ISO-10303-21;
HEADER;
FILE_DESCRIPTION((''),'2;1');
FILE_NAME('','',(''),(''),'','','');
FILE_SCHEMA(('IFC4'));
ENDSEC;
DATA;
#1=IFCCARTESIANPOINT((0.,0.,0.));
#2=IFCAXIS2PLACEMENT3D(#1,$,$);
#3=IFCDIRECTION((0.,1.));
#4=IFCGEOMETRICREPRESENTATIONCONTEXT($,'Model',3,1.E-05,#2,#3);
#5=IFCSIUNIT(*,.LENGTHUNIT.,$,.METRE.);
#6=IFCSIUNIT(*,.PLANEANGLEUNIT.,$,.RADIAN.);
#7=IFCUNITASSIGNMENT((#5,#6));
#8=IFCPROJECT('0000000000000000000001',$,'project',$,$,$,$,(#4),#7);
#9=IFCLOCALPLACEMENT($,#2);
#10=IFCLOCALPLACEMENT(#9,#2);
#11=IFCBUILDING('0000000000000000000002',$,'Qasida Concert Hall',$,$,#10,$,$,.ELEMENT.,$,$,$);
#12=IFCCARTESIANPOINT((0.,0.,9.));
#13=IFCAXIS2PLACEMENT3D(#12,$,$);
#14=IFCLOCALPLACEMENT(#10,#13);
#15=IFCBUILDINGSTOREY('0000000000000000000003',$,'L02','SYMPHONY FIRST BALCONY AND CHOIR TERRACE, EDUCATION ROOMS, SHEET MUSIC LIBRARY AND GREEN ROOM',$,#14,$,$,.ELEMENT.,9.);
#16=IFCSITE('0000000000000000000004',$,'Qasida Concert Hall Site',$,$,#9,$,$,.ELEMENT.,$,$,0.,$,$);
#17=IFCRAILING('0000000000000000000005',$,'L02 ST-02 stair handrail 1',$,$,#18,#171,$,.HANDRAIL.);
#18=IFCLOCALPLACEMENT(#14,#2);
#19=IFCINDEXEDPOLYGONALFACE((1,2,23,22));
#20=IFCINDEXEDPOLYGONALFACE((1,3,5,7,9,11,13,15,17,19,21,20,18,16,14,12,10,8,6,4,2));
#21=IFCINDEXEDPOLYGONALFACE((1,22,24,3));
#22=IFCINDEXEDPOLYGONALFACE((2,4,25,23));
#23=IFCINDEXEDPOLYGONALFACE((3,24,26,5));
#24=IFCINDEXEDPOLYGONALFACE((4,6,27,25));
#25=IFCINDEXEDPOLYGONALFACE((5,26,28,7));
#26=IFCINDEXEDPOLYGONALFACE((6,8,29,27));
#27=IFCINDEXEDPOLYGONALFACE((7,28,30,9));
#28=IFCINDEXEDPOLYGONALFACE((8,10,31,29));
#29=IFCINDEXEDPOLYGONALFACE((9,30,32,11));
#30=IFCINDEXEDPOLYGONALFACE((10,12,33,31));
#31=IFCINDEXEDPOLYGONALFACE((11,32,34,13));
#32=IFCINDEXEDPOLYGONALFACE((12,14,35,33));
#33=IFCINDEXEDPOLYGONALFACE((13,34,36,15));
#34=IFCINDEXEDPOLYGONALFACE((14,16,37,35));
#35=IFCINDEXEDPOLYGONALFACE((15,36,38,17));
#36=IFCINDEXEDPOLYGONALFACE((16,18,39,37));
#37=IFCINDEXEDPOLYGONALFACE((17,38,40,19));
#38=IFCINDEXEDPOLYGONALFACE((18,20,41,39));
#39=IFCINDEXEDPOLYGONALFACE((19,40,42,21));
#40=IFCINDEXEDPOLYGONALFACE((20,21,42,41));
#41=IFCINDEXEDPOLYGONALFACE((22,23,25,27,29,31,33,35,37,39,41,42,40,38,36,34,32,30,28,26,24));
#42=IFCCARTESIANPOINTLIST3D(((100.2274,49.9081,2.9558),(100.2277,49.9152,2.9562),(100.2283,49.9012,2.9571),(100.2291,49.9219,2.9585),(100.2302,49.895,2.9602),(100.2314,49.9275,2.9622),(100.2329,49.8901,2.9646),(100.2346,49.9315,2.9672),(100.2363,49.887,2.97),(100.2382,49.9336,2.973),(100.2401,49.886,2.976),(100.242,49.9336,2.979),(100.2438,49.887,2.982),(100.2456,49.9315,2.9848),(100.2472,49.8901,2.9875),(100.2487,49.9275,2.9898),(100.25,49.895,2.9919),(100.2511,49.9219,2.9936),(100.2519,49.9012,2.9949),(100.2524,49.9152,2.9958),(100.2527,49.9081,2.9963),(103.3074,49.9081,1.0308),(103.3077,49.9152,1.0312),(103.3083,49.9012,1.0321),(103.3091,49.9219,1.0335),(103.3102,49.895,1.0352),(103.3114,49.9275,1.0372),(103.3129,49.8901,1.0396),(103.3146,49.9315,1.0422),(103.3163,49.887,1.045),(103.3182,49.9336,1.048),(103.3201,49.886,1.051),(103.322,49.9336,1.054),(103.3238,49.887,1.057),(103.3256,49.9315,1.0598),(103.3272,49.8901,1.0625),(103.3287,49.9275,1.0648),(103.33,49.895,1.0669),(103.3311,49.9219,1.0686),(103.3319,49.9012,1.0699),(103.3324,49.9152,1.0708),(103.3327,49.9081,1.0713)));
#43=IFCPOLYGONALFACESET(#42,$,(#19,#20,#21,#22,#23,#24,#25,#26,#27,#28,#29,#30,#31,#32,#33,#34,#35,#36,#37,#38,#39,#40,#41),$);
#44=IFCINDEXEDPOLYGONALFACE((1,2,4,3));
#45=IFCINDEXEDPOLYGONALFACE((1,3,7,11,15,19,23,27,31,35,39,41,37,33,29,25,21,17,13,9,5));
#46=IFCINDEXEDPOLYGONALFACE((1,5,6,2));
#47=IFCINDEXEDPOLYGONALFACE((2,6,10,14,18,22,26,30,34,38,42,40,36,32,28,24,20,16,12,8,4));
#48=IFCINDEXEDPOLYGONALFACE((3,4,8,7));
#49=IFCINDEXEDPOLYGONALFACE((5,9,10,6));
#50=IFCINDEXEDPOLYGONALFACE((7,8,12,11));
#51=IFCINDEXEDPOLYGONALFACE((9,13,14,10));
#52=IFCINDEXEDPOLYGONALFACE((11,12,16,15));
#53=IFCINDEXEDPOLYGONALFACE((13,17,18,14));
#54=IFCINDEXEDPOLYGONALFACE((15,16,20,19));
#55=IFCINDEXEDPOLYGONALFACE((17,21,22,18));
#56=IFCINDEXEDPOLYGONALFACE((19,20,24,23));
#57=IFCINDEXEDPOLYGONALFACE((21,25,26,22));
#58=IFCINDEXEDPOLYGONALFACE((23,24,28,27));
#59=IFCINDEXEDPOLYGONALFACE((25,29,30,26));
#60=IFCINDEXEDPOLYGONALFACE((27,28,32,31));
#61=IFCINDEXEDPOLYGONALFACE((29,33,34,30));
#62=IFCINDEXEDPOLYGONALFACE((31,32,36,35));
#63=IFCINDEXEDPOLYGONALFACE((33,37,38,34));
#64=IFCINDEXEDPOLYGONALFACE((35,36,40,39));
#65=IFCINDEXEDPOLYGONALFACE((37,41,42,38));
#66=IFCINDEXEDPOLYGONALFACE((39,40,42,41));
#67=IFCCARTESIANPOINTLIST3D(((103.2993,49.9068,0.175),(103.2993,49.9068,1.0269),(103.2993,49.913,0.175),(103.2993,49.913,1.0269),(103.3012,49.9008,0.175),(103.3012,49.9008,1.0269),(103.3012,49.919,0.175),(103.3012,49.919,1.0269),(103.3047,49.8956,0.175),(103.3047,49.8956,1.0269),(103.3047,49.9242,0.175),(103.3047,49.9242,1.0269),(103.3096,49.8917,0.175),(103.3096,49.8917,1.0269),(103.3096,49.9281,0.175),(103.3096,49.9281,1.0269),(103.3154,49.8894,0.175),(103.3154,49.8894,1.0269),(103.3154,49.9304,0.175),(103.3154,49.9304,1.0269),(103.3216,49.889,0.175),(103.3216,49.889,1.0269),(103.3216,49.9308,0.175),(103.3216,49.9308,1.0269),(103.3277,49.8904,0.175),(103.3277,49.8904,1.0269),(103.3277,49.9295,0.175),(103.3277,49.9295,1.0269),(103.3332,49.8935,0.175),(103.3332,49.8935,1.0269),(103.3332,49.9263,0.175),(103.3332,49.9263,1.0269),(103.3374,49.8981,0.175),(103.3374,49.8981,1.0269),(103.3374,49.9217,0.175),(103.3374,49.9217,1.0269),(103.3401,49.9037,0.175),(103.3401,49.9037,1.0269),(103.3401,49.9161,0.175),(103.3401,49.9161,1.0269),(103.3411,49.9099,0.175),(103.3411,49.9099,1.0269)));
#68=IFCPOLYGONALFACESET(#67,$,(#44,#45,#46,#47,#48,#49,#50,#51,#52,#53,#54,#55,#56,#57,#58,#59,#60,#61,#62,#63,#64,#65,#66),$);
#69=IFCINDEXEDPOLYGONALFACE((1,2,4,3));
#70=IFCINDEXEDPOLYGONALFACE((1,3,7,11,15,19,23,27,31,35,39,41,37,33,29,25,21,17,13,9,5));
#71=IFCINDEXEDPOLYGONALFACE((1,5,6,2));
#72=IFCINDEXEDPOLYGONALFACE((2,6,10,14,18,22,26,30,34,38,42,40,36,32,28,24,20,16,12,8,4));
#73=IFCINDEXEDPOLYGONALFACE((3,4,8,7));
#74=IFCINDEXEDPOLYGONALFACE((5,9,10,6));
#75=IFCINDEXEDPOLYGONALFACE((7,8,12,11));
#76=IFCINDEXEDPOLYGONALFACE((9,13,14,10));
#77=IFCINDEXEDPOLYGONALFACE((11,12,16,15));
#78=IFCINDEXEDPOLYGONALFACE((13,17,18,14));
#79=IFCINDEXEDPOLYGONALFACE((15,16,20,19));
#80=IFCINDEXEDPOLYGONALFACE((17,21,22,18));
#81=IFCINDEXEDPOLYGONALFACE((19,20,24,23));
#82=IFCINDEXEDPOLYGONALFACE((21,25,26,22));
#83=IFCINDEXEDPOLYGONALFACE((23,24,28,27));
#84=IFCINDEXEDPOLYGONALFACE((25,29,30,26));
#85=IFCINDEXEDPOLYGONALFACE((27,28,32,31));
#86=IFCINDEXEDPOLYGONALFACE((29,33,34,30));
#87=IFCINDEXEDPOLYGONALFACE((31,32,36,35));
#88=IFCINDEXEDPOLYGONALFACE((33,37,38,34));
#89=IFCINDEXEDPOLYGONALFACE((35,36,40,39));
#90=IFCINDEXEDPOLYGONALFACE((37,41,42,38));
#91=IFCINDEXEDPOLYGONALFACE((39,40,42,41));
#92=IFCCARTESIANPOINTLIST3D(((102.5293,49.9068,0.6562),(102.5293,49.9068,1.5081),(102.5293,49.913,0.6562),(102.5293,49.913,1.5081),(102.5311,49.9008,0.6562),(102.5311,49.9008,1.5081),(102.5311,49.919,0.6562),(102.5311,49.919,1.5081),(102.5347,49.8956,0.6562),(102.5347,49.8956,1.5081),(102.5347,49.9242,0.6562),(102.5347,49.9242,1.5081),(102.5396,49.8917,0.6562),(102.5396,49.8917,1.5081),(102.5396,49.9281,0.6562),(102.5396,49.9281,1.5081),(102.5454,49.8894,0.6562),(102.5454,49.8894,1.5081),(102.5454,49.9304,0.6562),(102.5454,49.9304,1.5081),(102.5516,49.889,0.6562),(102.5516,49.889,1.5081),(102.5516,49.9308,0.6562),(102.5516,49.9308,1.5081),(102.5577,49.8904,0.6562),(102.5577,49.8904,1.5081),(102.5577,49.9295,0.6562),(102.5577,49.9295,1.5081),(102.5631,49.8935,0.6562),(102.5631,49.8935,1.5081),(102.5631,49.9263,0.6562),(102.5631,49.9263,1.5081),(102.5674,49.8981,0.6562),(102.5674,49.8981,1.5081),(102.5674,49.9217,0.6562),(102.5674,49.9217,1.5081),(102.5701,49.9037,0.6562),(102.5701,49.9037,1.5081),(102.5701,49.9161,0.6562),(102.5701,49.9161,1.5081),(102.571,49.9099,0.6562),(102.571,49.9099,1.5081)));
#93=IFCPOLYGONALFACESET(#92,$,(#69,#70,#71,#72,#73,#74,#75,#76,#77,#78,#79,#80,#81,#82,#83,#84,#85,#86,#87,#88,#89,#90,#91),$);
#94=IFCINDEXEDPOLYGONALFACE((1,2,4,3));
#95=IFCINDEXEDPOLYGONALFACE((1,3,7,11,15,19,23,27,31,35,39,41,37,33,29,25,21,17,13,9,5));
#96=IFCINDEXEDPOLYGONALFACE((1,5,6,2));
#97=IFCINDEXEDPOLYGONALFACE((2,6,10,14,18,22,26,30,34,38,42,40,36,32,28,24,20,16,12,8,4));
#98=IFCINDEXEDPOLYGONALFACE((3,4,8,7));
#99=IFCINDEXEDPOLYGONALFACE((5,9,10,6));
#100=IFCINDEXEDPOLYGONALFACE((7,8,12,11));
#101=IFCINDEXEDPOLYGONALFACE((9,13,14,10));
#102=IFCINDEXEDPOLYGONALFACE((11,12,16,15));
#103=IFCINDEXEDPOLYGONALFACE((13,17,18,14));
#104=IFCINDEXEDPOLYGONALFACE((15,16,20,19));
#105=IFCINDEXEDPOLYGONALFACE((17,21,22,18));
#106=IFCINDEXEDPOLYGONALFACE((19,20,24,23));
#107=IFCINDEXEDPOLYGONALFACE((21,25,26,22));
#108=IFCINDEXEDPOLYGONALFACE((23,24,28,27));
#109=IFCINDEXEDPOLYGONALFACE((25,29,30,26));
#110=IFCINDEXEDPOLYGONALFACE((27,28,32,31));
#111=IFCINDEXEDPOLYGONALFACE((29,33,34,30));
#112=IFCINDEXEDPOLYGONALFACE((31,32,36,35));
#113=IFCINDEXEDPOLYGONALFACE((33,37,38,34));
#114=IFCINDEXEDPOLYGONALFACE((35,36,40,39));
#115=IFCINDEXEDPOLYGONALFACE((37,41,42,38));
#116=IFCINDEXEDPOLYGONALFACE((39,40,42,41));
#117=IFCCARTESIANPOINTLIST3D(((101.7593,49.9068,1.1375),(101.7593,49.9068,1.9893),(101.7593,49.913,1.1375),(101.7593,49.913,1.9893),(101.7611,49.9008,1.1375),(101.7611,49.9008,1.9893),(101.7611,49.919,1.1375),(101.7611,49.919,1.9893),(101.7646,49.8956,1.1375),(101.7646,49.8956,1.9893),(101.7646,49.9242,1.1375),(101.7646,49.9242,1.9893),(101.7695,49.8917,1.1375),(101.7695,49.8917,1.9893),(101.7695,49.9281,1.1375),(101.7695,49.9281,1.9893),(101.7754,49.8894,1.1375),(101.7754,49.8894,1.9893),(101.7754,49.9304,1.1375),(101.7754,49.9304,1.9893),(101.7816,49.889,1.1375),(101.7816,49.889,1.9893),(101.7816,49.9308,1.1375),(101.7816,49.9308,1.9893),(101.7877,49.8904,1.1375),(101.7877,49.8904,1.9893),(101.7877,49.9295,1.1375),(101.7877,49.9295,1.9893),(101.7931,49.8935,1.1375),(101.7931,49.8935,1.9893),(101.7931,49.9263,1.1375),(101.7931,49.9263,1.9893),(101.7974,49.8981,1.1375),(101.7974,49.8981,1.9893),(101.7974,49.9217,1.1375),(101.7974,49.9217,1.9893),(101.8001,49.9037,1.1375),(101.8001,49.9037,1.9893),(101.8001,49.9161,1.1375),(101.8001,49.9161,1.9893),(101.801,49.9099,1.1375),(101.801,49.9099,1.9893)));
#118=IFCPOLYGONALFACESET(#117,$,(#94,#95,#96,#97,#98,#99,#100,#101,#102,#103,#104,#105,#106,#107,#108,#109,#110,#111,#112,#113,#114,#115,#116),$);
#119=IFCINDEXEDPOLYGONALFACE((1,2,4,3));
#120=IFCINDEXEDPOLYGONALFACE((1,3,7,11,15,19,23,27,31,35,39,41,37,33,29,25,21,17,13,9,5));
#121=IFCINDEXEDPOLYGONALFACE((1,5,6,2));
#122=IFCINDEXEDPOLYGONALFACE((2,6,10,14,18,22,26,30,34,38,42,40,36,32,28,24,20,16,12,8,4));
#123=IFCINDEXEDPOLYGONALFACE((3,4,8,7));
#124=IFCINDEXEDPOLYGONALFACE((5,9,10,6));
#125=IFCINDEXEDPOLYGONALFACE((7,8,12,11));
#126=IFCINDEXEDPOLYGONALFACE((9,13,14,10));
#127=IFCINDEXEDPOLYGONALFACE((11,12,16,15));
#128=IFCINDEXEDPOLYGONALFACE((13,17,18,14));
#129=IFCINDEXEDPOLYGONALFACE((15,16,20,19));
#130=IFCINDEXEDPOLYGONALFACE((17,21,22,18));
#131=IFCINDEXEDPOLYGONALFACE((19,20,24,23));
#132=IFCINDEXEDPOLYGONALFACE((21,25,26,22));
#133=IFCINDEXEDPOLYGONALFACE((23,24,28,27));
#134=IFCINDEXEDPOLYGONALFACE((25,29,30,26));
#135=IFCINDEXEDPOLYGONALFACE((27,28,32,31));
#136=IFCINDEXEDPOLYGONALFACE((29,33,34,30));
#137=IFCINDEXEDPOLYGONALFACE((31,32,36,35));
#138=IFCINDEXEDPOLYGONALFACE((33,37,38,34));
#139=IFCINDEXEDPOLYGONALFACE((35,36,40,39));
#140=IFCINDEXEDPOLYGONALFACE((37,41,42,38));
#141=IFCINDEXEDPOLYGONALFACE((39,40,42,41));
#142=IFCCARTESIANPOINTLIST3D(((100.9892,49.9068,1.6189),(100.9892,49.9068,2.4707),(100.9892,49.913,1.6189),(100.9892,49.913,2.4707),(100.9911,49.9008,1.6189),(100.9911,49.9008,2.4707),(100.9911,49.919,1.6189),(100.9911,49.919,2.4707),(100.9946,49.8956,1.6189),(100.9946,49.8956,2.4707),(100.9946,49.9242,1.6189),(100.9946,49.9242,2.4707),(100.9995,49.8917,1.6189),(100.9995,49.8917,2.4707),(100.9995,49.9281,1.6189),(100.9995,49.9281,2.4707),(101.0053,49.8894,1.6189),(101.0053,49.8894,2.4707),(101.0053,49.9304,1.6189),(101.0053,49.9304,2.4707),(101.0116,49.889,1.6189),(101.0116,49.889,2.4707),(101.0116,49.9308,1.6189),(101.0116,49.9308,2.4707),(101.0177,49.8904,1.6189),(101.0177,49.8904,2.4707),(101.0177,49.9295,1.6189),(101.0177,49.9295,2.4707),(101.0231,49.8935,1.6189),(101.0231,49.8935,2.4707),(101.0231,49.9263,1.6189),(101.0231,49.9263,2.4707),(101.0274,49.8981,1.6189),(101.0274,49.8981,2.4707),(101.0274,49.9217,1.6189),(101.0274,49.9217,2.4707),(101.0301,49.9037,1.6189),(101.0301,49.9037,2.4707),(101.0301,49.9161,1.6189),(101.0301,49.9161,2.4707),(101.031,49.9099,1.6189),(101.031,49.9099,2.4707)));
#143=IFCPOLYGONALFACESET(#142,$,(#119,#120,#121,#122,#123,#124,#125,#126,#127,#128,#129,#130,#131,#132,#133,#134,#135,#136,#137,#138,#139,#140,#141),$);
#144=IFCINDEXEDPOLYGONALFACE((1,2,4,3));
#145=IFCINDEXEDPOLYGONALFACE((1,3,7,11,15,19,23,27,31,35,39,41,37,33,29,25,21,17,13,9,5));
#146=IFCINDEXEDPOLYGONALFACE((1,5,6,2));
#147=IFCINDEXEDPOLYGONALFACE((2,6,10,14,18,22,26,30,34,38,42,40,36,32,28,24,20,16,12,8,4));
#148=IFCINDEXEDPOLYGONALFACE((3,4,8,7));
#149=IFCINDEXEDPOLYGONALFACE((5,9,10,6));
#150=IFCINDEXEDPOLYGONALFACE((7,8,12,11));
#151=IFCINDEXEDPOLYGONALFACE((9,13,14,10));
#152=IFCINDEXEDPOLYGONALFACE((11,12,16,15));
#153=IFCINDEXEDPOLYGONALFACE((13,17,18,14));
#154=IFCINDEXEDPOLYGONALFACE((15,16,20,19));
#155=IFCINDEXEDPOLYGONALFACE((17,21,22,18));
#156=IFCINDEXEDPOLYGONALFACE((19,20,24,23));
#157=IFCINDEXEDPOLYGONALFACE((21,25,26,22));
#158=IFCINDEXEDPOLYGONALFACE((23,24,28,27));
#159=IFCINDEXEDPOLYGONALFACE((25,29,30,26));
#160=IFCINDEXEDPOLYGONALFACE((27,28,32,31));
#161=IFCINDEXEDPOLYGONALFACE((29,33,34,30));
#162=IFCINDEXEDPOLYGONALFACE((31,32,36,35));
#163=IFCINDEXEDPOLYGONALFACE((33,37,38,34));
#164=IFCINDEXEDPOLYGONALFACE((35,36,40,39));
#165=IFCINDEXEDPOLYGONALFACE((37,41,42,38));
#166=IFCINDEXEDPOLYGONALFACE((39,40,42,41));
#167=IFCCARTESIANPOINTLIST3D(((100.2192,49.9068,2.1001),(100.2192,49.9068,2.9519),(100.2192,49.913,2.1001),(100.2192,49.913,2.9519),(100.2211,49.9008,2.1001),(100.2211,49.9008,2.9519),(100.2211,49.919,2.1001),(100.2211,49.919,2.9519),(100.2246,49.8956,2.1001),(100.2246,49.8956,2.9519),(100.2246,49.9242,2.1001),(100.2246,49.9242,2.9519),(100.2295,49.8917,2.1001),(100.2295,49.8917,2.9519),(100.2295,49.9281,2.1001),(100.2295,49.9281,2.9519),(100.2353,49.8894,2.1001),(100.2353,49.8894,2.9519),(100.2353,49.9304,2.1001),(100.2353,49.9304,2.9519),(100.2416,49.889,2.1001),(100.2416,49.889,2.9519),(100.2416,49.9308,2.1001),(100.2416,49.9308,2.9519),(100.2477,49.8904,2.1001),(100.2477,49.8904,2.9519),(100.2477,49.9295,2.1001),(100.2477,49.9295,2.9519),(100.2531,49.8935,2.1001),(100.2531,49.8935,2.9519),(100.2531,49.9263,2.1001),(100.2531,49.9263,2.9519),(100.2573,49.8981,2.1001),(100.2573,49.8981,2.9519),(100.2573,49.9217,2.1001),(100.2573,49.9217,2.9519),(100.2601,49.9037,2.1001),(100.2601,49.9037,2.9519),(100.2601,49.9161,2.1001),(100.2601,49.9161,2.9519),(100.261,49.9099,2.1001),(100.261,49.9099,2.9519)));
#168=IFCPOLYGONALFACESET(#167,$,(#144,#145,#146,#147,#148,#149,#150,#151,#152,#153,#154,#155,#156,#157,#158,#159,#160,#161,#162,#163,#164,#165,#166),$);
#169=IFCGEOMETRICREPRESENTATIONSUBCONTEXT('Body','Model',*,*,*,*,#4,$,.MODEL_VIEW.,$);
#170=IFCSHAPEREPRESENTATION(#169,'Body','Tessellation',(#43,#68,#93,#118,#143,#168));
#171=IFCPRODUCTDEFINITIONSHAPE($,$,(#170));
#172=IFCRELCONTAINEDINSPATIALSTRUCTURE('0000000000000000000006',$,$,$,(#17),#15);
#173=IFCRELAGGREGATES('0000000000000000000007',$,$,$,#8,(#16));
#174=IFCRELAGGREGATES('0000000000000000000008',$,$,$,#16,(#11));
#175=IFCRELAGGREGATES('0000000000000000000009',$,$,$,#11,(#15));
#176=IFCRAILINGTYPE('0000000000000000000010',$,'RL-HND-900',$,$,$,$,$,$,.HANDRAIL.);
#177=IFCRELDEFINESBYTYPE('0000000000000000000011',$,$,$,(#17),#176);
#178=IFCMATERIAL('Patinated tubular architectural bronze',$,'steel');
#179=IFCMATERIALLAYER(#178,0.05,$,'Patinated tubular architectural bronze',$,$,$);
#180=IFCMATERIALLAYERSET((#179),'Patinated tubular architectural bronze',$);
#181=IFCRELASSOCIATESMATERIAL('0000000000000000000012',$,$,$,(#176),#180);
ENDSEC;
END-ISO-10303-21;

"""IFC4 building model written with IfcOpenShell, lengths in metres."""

from ifc_helpers import new_model, si_unit, direction, frame, origin, origin_2d, place, context, subcontext, project, spatial, circle, extrude, material, layer, layer_set, type_object, element, save


model = new_model("IFC4")

# Units and contexts
model_context = context("Model", 3, precision=1e-05, world=origin(), true_north=direction((0.0, 1.0)))
body_context = subcontext(model_context, "Body", "Model", "MODEL_VIEW")
ifc_project = project(units=[si_unit("LENGTHUNIT", "METRE"), si_unit("PLANEANGLEUNIT", "RADIAN")], contexts=[model_context])

# Site, building, storey
site_placement = place(None, origin())
site = spatial("IfcSite", under=ifc_project, at=site_placement, Name="Qasida Concert Hall Site", CompositionType="ELEMENT", RefElevation=0.0)
building_placement = place(site_placement, origin())
building = spatial("IfcBuilding", under=site, at=building_placement, Name="Qasida Concert Hall", CompositionType="ELEMENT")
storey_placement = place(building_placement, frame((0.0, 0.0, 9.0)))
storey = spatial("IfcBuildingStorey", under=building, at=storey_placement, Name="L02", Description="SYMPHONY FIRST BALCONY AND CHOIR TERRACE, EDUCATION ROOMS, SHEET MUSIC LIBRARY AND GREEN ROOM", CompositionType="ELEMENT", Elevation=9.0)

# Railing
ifc_material_1 = material(Name="Patinated tubular architectural bronze", Category="steel")
ifc_layer_1 = layer(ifc_material_1, 0.05, Name="Patinated tubular architectural bronze")
ifc_layer_set_1 = layer_set([ifc_layer_1], Name="Patinated tubular architectural bronze")
railing_type_1 = type_object("IfcRailingType", Name="RL-HND-900", PredefinedType="HANDRAIL", material=ifc_layer_set_1)
railing_1_placement = place(storey_placement, frame((103.3201, 49.9099, 0.175)))
element("IfcRailing", 1, at=railing_1_placement, inside=storey, type_object=railing_type_1, Name="L02 ST-02 stair handrail 1", PredefinedType="HANDRAIL", context=body_context, shape_type="SweptSolid", body=[
    extrude(circle(Radius=0.0239, at=origin_2d()), frame((0.0, 0.0, 0.876), z_axis=(-0.847998, 0.0, 0.529999), x_axis=(0.0, -1.0, 0.0)), (0.0, 0.0, 1.0), 3.6321),
    extrude(circle(Radius=0.021, at=origin_2d()), origin(), (0.0, 0.0, 1.0), 0.8518),
    extrude(circle(Radius=0.021, at=origin_2d()), frame((-0.77, 0.0, 0.4812)), (0.0, 0.0, 1.0), 0.8518),
    extrude(circle(Radius=0.021, at=origin_2d()), frame((-1.54, 0.0, 0.9624)), (0.0, 0.0, 1.0), 0.8518),
    extrude(circle(Radius=0.021, at=origin_2d()), frame((-2.3101, 0.0, 1.4438)), (0.0, 0.0, 1.0), 0.8518),
    extrude(circle(Radius=0.021, at=origin_2d()), frame((-3.0801, 0.0, 1.925)), (0.0, 0.0, 1.0), 0.8518),
])

save(model, "model.ifc")
